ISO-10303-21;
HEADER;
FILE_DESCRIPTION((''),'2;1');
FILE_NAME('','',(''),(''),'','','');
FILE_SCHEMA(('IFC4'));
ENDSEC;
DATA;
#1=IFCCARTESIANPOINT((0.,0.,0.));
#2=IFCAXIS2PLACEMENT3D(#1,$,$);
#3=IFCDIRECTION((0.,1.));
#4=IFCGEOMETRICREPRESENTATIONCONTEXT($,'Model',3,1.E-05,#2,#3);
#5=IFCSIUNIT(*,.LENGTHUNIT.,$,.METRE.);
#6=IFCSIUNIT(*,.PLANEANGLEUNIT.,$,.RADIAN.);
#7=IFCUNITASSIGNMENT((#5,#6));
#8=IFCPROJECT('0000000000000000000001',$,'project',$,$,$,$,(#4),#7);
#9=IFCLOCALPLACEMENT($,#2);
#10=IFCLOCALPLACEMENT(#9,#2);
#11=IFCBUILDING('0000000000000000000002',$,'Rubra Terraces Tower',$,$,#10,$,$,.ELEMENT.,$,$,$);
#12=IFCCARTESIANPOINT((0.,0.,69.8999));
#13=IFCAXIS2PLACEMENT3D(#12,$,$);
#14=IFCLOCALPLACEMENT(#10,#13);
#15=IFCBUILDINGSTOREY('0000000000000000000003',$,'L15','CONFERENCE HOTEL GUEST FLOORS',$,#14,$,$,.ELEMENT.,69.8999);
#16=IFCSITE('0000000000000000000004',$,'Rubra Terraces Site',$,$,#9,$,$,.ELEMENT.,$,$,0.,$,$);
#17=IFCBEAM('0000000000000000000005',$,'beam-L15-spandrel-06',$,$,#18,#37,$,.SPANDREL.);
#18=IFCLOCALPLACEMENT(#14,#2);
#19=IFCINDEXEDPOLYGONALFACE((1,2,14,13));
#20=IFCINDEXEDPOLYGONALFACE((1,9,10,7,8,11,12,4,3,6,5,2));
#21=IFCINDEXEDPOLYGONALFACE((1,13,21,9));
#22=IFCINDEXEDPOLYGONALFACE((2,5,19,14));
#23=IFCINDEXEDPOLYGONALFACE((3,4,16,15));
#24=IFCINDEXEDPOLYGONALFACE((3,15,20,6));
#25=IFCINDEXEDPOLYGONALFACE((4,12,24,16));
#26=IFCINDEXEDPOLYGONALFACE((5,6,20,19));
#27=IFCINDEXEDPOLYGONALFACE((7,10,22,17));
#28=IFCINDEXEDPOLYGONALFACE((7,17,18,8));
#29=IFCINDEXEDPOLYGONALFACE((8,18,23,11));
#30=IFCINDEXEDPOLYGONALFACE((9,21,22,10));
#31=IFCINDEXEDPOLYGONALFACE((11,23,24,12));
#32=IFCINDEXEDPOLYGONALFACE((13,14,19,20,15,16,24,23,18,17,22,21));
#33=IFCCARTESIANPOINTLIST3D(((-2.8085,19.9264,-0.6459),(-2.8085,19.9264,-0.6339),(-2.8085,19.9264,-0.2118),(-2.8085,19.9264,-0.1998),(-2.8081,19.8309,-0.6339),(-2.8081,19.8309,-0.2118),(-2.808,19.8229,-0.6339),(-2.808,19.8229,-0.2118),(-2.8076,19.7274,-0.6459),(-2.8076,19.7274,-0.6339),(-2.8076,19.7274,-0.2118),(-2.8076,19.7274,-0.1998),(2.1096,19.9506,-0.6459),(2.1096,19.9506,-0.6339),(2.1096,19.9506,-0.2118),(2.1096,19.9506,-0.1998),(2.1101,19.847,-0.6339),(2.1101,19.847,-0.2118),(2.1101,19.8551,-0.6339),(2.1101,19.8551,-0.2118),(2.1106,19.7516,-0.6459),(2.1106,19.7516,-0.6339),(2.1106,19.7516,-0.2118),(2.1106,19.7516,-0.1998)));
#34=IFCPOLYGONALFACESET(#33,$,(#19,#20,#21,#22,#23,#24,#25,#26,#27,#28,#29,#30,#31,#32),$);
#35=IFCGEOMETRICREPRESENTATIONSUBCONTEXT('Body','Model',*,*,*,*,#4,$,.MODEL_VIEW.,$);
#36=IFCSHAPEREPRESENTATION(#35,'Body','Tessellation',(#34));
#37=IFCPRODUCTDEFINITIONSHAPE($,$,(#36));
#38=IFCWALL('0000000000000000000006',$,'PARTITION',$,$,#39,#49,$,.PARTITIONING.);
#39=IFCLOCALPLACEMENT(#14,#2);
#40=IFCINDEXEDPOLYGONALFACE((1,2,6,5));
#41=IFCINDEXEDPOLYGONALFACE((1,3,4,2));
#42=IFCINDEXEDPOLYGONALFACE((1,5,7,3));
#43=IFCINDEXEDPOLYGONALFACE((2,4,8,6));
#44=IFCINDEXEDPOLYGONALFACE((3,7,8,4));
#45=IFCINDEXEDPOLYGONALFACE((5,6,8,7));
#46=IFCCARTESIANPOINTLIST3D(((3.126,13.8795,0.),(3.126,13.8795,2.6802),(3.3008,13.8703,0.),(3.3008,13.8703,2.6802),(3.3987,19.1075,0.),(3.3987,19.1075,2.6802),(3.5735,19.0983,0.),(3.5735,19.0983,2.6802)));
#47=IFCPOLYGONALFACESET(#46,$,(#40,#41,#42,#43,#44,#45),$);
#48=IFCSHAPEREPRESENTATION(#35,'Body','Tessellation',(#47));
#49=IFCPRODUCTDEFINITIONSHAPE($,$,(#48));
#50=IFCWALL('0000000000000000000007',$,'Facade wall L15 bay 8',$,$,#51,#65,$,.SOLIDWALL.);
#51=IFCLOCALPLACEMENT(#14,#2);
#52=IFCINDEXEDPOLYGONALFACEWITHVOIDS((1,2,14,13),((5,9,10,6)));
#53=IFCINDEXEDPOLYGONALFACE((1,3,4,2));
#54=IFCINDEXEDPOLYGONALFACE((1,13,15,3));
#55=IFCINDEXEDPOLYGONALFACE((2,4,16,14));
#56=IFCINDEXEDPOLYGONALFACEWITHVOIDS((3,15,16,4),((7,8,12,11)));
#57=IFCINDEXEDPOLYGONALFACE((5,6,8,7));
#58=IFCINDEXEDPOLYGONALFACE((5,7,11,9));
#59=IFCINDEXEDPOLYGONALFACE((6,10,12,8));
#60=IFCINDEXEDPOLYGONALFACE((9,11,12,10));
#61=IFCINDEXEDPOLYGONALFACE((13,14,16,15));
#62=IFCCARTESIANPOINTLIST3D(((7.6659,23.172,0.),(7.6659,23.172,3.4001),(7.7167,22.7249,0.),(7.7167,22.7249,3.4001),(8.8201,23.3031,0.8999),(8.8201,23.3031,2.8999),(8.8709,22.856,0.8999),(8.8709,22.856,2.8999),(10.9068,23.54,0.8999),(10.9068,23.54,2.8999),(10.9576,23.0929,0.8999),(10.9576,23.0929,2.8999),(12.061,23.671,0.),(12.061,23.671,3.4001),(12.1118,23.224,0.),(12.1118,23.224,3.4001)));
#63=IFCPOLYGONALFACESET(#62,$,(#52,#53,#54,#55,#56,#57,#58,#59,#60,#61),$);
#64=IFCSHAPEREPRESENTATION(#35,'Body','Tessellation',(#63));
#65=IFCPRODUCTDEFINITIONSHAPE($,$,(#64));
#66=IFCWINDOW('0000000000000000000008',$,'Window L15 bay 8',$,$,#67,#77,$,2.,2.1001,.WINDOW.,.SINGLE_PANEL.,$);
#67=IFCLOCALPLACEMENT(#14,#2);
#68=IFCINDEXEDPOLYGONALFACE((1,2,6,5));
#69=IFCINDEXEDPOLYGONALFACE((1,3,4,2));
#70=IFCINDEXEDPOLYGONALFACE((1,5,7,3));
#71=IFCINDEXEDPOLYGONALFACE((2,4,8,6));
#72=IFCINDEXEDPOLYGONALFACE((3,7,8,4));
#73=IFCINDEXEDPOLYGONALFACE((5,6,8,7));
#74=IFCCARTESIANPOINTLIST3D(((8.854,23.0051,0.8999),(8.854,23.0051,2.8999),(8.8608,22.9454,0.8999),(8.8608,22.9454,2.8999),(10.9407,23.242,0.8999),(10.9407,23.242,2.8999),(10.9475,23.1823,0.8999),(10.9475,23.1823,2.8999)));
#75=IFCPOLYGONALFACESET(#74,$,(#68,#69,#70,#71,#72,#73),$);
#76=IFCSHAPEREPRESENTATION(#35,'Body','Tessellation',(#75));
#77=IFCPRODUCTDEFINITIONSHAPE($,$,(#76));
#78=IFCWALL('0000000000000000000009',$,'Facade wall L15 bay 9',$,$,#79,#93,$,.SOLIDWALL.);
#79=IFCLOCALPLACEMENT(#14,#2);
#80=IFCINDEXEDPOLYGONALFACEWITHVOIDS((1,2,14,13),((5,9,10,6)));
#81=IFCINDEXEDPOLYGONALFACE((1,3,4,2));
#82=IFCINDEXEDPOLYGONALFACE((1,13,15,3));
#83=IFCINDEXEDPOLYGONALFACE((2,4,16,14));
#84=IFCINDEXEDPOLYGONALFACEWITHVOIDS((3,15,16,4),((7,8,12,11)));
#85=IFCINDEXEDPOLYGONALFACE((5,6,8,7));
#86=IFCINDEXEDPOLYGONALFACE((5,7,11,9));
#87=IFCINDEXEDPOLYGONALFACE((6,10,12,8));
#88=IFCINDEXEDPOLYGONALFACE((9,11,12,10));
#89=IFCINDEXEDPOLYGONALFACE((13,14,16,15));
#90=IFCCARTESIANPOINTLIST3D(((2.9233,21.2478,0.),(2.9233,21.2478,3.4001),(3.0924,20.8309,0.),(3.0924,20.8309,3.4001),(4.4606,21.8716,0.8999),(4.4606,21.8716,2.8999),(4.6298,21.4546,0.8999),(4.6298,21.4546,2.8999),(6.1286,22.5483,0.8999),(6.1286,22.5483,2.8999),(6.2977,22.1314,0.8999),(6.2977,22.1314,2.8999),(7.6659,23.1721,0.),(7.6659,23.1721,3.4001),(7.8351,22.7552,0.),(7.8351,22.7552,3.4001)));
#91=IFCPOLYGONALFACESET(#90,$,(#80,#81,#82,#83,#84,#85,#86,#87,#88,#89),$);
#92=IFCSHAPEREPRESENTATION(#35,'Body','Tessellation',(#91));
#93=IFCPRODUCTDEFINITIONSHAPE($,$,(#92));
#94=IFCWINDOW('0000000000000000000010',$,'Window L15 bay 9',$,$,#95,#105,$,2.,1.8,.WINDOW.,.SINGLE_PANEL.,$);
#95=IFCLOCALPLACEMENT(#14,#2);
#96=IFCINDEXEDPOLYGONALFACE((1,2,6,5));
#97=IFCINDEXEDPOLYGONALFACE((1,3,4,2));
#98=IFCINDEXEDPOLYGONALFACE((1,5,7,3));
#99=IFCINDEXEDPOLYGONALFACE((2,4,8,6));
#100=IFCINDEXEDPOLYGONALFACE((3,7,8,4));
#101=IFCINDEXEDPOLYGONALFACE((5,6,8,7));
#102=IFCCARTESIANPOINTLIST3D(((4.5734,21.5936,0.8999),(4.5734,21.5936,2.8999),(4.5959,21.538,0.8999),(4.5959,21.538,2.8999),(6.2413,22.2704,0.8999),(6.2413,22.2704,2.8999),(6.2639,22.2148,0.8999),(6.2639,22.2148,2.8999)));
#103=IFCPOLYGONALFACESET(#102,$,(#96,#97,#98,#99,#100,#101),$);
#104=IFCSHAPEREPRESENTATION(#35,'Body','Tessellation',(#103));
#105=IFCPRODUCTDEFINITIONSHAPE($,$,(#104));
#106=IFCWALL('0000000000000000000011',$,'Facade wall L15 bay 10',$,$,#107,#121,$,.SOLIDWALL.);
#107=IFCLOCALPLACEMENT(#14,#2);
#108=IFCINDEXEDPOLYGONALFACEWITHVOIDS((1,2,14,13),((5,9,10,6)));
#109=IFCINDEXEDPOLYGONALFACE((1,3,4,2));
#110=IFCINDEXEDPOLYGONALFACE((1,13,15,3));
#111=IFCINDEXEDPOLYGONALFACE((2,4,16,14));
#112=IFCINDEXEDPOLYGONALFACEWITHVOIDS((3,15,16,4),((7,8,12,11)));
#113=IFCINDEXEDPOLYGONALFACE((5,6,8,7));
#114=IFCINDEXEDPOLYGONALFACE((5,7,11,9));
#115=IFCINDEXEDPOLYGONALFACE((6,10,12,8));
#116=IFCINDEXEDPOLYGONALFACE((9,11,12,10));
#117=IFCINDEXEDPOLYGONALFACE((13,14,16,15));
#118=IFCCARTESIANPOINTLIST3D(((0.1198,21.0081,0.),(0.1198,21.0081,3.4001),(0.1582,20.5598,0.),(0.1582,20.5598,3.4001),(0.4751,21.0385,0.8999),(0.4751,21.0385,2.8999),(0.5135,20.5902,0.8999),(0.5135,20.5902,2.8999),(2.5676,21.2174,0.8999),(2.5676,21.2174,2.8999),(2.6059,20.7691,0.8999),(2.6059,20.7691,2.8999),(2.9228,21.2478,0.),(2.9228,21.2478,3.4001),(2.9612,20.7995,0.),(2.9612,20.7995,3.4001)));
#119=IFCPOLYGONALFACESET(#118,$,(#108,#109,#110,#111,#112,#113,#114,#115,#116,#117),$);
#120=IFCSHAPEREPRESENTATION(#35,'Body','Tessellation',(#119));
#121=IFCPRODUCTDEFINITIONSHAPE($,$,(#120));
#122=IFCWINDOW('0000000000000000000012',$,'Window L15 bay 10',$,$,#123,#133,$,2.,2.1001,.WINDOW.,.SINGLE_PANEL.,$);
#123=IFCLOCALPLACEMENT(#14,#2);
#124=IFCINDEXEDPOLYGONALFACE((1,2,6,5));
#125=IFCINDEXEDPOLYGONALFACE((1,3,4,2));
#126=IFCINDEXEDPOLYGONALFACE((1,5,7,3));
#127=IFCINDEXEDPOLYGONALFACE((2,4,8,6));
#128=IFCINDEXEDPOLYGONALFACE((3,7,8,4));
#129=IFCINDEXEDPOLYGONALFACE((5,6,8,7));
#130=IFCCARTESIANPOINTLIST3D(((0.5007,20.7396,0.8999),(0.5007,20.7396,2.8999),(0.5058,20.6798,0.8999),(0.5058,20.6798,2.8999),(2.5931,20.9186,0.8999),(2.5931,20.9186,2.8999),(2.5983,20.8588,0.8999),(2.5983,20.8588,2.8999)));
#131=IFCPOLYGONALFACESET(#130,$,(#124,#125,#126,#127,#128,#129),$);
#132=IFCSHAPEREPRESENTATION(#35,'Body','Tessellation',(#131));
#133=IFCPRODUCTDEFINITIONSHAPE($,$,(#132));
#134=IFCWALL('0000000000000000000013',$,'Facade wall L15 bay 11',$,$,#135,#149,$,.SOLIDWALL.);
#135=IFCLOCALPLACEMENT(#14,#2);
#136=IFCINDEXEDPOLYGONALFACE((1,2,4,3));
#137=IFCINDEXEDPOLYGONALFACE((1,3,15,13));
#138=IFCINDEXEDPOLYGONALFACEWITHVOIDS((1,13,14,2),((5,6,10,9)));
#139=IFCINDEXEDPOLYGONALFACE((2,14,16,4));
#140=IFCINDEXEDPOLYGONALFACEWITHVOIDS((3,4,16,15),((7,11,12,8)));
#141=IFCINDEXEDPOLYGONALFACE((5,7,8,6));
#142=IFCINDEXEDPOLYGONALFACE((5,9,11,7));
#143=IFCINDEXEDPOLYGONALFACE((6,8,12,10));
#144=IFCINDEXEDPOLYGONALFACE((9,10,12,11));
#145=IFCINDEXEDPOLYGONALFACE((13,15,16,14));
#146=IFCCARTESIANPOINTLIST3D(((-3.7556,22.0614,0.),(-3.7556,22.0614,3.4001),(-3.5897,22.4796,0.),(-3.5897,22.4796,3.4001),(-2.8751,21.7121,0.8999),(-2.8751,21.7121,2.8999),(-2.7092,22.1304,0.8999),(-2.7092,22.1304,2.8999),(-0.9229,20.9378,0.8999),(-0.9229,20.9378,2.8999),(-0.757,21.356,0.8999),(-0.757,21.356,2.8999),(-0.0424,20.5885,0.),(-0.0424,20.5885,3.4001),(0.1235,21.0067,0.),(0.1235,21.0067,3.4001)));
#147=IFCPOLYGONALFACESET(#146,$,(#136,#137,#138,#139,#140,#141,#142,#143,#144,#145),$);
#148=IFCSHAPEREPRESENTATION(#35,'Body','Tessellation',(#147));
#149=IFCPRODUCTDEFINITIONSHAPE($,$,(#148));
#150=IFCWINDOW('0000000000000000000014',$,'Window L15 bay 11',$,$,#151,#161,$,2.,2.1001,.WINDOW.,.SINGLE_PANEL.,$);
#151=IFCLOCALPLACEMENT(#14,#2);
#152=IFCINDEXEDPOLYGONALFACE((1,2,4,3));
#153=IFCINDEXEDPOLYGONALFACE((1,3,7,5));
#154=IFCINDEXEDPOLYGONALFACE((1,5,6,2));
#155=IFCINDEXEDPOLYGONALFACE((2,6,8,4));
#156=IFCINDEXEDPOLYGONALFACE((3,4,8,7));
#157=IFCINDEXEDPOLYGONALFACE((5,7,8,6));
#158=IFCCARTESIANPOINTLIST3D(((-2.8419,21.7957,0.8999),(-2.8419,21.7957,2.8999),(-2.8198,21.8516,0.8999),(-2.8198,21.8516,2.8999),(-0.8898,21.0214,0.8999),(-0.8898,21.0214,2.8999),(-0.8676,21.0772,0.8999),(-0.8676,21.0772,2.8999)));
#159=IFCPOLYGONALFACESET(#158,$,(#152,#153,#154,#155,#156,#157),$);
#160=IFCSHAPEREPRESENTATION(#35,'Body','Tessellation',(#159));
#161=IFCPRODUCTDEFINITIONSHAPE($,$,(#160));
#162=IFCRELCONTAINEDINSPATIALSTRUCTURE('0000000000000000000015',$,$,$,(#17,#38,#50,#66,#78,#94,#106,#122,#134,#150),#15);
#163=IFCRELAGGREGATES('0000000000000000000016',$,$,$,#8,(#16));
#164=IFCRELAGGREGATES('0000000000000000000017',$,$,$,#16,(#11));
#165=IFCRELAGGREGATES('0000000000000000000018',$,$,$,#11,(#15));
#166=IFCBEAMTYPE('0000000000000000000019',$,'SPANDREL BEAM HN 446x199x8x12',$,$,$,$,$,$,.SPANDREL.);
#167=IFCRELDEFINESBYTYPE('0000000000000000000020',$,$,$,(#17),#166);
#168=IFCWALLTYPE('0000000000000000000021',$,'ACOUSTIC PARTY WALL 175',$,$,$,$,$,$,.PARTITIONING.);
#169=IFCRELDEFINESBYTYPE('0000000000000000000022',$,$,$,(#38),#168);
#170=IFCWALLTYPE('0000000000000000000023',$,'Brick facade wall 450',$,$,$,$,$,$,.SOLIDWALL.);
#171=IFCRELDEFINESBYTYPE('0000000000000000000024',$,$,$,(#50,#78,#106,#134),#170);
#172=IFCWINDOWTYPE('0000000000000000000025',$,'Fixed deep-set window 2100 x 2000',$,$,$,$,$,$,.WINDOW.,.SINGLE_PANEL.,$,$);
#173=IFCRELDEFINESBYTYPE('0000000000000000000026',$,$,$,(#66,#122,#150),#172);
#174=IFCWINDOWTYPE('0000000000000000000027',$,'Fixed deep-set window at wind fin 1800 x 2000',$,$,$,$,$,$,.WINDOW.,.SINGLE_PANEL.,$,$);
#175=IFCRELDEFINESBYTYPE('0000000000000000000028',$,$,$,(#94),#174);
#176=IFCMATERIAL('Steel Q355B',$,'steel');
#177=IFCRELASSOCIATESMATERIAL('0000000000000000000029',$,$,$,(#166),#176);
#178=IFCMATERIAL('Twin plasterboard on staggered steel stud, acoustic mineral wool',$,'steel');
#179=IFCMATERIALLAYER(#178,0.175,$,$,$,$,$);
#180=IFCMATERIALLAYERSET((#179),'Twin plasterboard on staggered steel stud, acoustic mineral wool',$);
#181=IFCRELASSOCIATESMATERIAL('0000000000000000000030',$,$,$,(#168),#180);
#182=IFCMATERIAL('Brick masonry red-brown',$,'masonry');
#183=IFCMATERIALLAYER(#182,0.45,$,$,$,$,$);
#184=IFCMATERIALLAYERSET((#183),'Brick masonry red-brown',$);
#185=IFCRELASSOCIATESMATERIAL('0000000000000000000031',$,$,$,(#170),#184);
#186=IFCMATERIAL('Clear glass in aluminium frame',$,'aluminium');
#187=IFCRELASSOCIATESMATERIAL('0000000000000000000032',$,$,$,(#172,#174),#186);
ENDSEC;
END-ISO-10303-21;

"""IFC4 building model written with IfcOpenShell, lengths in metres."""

from ifc_helpers import new_model, si_unit, direction, frame, frame_2d, origin, origin_2d, place, context, subcontext, project, spatial, rectangle, i_section, extrude, material, layer, layer_set, material_profile, profile_set, type_object, element, fill, save


model = new_model("IFC4")

# Units and contexts
model_context = context("Model", 3, precision=1e-05, world=origin(), true_north=direction((0.0, 1.0)))
body_context = subcontext(model_context, "Body", "Model", "MODEL_VIEW")
ifc_project = project(units=[si_unit("LENGTHUNIT", "METRE"), si_unit("PLANEANGLEUNIT", "RADIAN")], contexts=[model_context])

# Site, building, storey
site_placement = place(None, origin())
site = spatial("IfcSite", under=ifc_project, at=site_placement, Name="Rubra Terraces Site", CompositionType="ELEMENT", RefElevation=0.0)
building_placement = place(site_placement, origin())
building = spatial("IfcBuilding", under=site, at=building_placement, Name="Rubra Terraces Tower", CompositionType="ELEMENT")
storey_placement = place(building_placement, frame((0.0, 0.0, 69.8999)))
storey = spatial("IfcBuildingStorey", under=building, at=storey_placement, Name="L15", Description="CONFERENCE HOTEL GUEST FLOORS", CompositionType="ELEMENT", Elevation=69.8999)

# Beam
ifc_material_1 = material(Name="Steel Q355B", Category="steel")
ifc_material_profile_1 = material_profile(ifc_material_1, i_section(OverallWidth=0.199, OverallDepth=0.446, WebThickness=0.0081, FlangeThickness=0.012, at=origin_2d()), Name="HN 446x199x8x12")
ifc_profile_set_1 = profile_set([ifc_material_profile_1], Name="Steel Q355B")
beam_type_1 = type_object("IfcBeamType", Name="SPANDREL BEAM HN 446x199x8x12", PredefinedType="SPANDREL", material=ifc_profile_set_1)
beam_1_placement = place(storey_placement, frame((2.1101, 19.8511, -0.4229), z_axis=(-0.999988, -0.004914, 0.0), x_axis=(0.004914, -0.999988, 0.0)))
element("IfcBeam", 1, at=beam_1_placement, inside=storey, type_object=beam_type_1, Name="beam-L15-spandrel-06", PredefinedType="SPANDREL", context=body_context, shape_type="SweptSolid", body=[
    extrude(i_section(OverallWidth=0.199, OverallDepth=0.446, WebThickness=0.0081, FlangeThickness=0.012, at=origin_2d()), origin(), (0.0, 0.0, 1.0), 4.9182),
])

# Wall
ifc_material_2 = material(Name="Twin plasterboard on staggered steel stud, acoustic mineral wool", Category="steel")
ifc_layer_1 = layer(ifc_material_2, 0.175)
ifc_layer_set_1 = layer_set([ifc_layer_1], Name="Twin plasterboard on staggered steel stud, acoustic mineral wool")
wall_type_1 = type_object("IfcWallType", Name="ACOUSTIC PARTY WALL 175", PredefinedType="PARTITIONING", material=ifc_layer_set_1)
wall_1_placement = place(storey_placement, frame((3.4861, 19.103, 0.0), z_axis=(0.0, 0.0, 1.0), x_axis=(-0.052091, -0.998642, 0.0)))
element("IfcWall", 2, at=wall_1_placement, inside=storey, type_object=wall_type_1, Name="PARTITION", PredefinedType="PARTITIONING", context=body_context, shape_type="SweptSolid", body=[
    extrude(rectangle(XDim=5.2351, YDim=0.175, at=frame_2d((2.6177, 0.0))), origin(), (0.0, 0.0, 1.0), 2.6802),
])

# Walls, openings, windows
ifc_material_3 = material(Name="Brick masonry red-brown", Category="masonry")
ifc_layer_2 = layer(ifc_material_3, 0.45)
ifc_layer_set_2 = layer_set([ifc_layer_2], Name="Brick masonry red-brown")
wall_type_2 = type_object("IfcWallType", Name="Brick facade wall 450", PredefinedType="SOLIDWALL", material=ifc_layer_set_2)
wall_2_placement = place(storey_placement, frame((12.0864, 23.4475, 0.0), z_axis=(0.0, 0.0, 1.0), x_axis=(-0.993616, -0.112818, 0.0)))
wall_2 = element("IfcWall", 3, at=wall_2_placement, inside=storey, type_object=wall_type_2, Name="Facade wall L15 bay 8", PredefinedType="SOLIDWALL", context=body_context, shape_type="SweptSolid", body=[
    extrude(rectangle(XDim=4.4233, YDim=0.45, at=frame_2d((2.2117, 0.0))), origin(), (0.0, 0.0, 1.0), 3.4001),
])
opening_1_placement = place(wall_2_placement, frame((1.1616, 0.0, 0.8999)))
opening_1 = element("IfcOpeningElement", 4, at=opening_1_placement, cuts=wall_2, PredefinedType="OPENING", context=body_context, shape_type="SweptSolid", body=[
    extrude(rectangle(XDim=2.1001, YDim=2.0, at=frame_2d((1.05, 1.0))), frame((0.0, 0.2349, 0.0), z_axis=(0.0, -1.0, 0.0), x_axis=(1.0, 0.0, 0.0)), (0.0, 0.0, 1.0), 0.47),
])
ifc_material_4 = material(Name="Clear glass in aluminium frame", Category="aluminium")
window_type_1 = type_object("IfcWindowType", Name="Fixed deep-set window 2100 x 2000", PartitioningType="SINGLE_PANEL", PredefinedType="WINDOW", material=ifc_material_4)
window_1_placement = place(opening_1_placement, origin())
window_1 = element("IfcWindow", 5, at=window_1_placement, inside=storey, type_object=window_type_1, Name="Window L15 bay 8", OverallHeight=2.0, OverallWidth=2.1001, PartitioningType="SINGLE_PANEL", PredefinedType="WINDOW", context=body_context, shape_type="SweptSolid", body=[
    extrude(rectangle(XDim=2.1001, YDim=2.0, at=frame_2d((1.05, 1.0))), frame((0.0, 0.135, 0.0), z_axis=(0.0, -1.0, 0.0), x_axis=(1.0, 0.0, 0.0)), (0.0, 0.0, 1.0), 0.0601),
])
fill(opening_1, window_1)
wall_3_placement = place(storey_placement, frame((7.7505, 22.9636, 0.0), z_axis=(0.0, 0.0, 1.0), x_axis=(-0.92663, -0.375975, 0.0)))
wall_3 = element("IfcWall", 6, at=wall_3_placement, inside=storey, type_object=wall_type_2, Name="Facade wall L15 bay 9", PredefinedType="SOLIDWALL", context=body_context, shape_type="SweptSolid", body=[
    extrude(rectangle(XDim=5.1182, YDim=0.45, at=frame_2d((2.5591, 0.0))), origin(), (0.0, 0.0, 1.0), 3.4001),
])
opening_2_placement = place(wall_3_placement, frame((1.6592, 0.0, 0.8999)))
opening_2 = element("IfcOpeningElement", 7, at=opening_2_placement, cuts=wall_3, PredefinedType="OPENING", context=body_context, shape_type="SweptSolid", body=[
    extrude(rectangle(XDim=1.8, YDim=2.0, at=frame_2d((0.8999, 1.0))), frame((0.0, 0.2349, 0.0), z_axis=(0.0, -1.0, 0.0), x_axis=(1.0, 0.0, 0.0)), (0.0, 0.0, 1.0), 0.47),
])
window_type_2 = type_object("IfcWindowType", Name="Fixed deep-set window at wind fin 1800 x 2000", PartitioningType="SINGLE_PANEL", PredefinedType="WINDOW", material=ifc_material_4)
window_2_placement = place(opening_2_placement, origin())
window_2 = element("IfcWindow", 8, at=window_2_placement, inside=storey, type_object=window_type_2, Name="Window L15 bay 9", OverallHeight=2.0, OverallWidth=1.8, PartitioningType="SINGLE_PANEL", PredefinedType="WINDOW", context=body_context, shape_type="SweptSolid", body=[
    extrude(rectangle(XDim=1.8, YDim=2.0, at=frame_2d((0.8999, 1.0))), frame((0.0, 0.135, 0.0), z_axis=(0.0, -1.0, 0.0), x_axis=(1.0, 0.0, 0.0)), (0.0, 0.0, 1.0), 0.0601),
])
fill(opening_2, window_2)
wall_4_placement = place(storey_placement, frame((2.9421, 21.0237, 0.0), z_axis=(0.0, 0.0, 1.0), x_axis=(-0.996362, -0.085221, 0.0)))
wall_4 = element("IfcWall", 9, at=wall_4_placement, inside=storey, type_object=wall_type_2, Name="Facade wall L15 bay 10", PredefinedType="SOLIDWALL", context=body_context, shape_type="SweptSolid", body=[
    extrude(rectangle(XDim=2.8132, YDim=0.45, at=frame_2d((1.4067, 0.0))), origin(), (0.0, 0.0, 1.0), 3.4001),
])
opening_3_placement = place(wall_4_placement, frame((0.3567, 0.0, 0.8999)))
opening_3 = element("IfcOpeningElement", 10, at=opening_3_placement, cuts=wall_4, PredefinedType="OPENING", context=body_context, shape_type="SweptSolid", body=[
    extrude(rectangle(XDim=2.1001, YDim=2.0, at=frame_2d((1.05, 1.0))), frame((0.0, 0.2349, 0.0), z_axis=(0.0, -1.0, 0.0), x_axis=(1.0, 0.0, 0.0)), (0.0, 0.0, 1.0), 0.47),
])
window_3_placement = place(opening_3_placement, origin())
window_3 = element("IfcWindow", 11, at=window_3_placement, inside=storey, type_object=window_type_1, Name="Window L15 bay 10", OverallHeight=2.0, OverallWidth=2.1001, PartitioningType="SINGLE_PANEL", PredefinedType="WINDOW", context=body_context, shape_type="SweptSolid", body=[
    extrude(rectangle(XDim=2.1001, YDim=2.0, at=frame_2d((1.05, 1.0))), frame((0.0, 0.135, 0.0), z_axis=(0.0, -1.0, 0.0), x_axis=(1.0, 0.0, 0.0)), (0.0, 0.0, 1.0), 0.0601),
])
fill(opening_3, window_3)
wall_5_placement = place(storey_placement, frame((0.0405, 20.7976, 0.0), z_axis=(0.0, 0.0, 1.0), x_axis=(-0.929539, 0.368723, 0.0)))
wall_5 = element("IfcWall", 12, at=wall_5_placement, inside=storey, type_object=wall_type_2, Name="Facade wall L15 bay 11", PredefinedType="SOLIDWALL", context=body_context, shape_type="SweptSolid", body=[
    extrude(rectangle(XDim=3.9946, YDim=0.45, at=frame_2d((1.9973, 0.0))), origin(), (0.0, 0.0, 1.0), 3.4001),
])
opening_4_placement = place(wall_5_placement, frame((0.9473, 0.0, 0.8999)))
opening_4 = element("IfcOpeningElement", 13, at=opening_4_placement, cuts=wall_5, PredefinedType="OPENING", context=body_context, shape_type="SweptSolid", body=[
    extrude(rectangle(XDim=2.1001, YDim=2.0, at=frame_2d((1.05, 1.0))), frame((0.0, 0.2349, 0.0), z_axis=(0.0, -1.0, 0.0), x_axis=(1.0, 0.0, 0.0)), (0.0, 0.0, 1.0), 0.47),
])
window_4_placement = place(opening_4_placement, origin())
window_4 = element("IfcWindow", 14, at=window_4_placement, inside=storey, type_object=window_type_1, Name="Window L15 bay 11", OverallHeight=2.0, OverallWidth=2.1001, PartitioningType="SINGLE_PANEL", PredefinedType="WINDOW", context=body_context, shape_type="SweptSolid", body=[
    extrude(rectangle(XDim=2.1001, YDim=2.0, at=frame_2d((1.05, 1.0))), frame((0.0, 0.135, 0.0), z_axis=(0.0, -1.0, 0.0), x_axis=(1.0, 0.0, 0.0)), (0.0, 0.0, 1.0), 0.0601),
])
fill(opening_4, window_4)

save(model, "model.ifc")
